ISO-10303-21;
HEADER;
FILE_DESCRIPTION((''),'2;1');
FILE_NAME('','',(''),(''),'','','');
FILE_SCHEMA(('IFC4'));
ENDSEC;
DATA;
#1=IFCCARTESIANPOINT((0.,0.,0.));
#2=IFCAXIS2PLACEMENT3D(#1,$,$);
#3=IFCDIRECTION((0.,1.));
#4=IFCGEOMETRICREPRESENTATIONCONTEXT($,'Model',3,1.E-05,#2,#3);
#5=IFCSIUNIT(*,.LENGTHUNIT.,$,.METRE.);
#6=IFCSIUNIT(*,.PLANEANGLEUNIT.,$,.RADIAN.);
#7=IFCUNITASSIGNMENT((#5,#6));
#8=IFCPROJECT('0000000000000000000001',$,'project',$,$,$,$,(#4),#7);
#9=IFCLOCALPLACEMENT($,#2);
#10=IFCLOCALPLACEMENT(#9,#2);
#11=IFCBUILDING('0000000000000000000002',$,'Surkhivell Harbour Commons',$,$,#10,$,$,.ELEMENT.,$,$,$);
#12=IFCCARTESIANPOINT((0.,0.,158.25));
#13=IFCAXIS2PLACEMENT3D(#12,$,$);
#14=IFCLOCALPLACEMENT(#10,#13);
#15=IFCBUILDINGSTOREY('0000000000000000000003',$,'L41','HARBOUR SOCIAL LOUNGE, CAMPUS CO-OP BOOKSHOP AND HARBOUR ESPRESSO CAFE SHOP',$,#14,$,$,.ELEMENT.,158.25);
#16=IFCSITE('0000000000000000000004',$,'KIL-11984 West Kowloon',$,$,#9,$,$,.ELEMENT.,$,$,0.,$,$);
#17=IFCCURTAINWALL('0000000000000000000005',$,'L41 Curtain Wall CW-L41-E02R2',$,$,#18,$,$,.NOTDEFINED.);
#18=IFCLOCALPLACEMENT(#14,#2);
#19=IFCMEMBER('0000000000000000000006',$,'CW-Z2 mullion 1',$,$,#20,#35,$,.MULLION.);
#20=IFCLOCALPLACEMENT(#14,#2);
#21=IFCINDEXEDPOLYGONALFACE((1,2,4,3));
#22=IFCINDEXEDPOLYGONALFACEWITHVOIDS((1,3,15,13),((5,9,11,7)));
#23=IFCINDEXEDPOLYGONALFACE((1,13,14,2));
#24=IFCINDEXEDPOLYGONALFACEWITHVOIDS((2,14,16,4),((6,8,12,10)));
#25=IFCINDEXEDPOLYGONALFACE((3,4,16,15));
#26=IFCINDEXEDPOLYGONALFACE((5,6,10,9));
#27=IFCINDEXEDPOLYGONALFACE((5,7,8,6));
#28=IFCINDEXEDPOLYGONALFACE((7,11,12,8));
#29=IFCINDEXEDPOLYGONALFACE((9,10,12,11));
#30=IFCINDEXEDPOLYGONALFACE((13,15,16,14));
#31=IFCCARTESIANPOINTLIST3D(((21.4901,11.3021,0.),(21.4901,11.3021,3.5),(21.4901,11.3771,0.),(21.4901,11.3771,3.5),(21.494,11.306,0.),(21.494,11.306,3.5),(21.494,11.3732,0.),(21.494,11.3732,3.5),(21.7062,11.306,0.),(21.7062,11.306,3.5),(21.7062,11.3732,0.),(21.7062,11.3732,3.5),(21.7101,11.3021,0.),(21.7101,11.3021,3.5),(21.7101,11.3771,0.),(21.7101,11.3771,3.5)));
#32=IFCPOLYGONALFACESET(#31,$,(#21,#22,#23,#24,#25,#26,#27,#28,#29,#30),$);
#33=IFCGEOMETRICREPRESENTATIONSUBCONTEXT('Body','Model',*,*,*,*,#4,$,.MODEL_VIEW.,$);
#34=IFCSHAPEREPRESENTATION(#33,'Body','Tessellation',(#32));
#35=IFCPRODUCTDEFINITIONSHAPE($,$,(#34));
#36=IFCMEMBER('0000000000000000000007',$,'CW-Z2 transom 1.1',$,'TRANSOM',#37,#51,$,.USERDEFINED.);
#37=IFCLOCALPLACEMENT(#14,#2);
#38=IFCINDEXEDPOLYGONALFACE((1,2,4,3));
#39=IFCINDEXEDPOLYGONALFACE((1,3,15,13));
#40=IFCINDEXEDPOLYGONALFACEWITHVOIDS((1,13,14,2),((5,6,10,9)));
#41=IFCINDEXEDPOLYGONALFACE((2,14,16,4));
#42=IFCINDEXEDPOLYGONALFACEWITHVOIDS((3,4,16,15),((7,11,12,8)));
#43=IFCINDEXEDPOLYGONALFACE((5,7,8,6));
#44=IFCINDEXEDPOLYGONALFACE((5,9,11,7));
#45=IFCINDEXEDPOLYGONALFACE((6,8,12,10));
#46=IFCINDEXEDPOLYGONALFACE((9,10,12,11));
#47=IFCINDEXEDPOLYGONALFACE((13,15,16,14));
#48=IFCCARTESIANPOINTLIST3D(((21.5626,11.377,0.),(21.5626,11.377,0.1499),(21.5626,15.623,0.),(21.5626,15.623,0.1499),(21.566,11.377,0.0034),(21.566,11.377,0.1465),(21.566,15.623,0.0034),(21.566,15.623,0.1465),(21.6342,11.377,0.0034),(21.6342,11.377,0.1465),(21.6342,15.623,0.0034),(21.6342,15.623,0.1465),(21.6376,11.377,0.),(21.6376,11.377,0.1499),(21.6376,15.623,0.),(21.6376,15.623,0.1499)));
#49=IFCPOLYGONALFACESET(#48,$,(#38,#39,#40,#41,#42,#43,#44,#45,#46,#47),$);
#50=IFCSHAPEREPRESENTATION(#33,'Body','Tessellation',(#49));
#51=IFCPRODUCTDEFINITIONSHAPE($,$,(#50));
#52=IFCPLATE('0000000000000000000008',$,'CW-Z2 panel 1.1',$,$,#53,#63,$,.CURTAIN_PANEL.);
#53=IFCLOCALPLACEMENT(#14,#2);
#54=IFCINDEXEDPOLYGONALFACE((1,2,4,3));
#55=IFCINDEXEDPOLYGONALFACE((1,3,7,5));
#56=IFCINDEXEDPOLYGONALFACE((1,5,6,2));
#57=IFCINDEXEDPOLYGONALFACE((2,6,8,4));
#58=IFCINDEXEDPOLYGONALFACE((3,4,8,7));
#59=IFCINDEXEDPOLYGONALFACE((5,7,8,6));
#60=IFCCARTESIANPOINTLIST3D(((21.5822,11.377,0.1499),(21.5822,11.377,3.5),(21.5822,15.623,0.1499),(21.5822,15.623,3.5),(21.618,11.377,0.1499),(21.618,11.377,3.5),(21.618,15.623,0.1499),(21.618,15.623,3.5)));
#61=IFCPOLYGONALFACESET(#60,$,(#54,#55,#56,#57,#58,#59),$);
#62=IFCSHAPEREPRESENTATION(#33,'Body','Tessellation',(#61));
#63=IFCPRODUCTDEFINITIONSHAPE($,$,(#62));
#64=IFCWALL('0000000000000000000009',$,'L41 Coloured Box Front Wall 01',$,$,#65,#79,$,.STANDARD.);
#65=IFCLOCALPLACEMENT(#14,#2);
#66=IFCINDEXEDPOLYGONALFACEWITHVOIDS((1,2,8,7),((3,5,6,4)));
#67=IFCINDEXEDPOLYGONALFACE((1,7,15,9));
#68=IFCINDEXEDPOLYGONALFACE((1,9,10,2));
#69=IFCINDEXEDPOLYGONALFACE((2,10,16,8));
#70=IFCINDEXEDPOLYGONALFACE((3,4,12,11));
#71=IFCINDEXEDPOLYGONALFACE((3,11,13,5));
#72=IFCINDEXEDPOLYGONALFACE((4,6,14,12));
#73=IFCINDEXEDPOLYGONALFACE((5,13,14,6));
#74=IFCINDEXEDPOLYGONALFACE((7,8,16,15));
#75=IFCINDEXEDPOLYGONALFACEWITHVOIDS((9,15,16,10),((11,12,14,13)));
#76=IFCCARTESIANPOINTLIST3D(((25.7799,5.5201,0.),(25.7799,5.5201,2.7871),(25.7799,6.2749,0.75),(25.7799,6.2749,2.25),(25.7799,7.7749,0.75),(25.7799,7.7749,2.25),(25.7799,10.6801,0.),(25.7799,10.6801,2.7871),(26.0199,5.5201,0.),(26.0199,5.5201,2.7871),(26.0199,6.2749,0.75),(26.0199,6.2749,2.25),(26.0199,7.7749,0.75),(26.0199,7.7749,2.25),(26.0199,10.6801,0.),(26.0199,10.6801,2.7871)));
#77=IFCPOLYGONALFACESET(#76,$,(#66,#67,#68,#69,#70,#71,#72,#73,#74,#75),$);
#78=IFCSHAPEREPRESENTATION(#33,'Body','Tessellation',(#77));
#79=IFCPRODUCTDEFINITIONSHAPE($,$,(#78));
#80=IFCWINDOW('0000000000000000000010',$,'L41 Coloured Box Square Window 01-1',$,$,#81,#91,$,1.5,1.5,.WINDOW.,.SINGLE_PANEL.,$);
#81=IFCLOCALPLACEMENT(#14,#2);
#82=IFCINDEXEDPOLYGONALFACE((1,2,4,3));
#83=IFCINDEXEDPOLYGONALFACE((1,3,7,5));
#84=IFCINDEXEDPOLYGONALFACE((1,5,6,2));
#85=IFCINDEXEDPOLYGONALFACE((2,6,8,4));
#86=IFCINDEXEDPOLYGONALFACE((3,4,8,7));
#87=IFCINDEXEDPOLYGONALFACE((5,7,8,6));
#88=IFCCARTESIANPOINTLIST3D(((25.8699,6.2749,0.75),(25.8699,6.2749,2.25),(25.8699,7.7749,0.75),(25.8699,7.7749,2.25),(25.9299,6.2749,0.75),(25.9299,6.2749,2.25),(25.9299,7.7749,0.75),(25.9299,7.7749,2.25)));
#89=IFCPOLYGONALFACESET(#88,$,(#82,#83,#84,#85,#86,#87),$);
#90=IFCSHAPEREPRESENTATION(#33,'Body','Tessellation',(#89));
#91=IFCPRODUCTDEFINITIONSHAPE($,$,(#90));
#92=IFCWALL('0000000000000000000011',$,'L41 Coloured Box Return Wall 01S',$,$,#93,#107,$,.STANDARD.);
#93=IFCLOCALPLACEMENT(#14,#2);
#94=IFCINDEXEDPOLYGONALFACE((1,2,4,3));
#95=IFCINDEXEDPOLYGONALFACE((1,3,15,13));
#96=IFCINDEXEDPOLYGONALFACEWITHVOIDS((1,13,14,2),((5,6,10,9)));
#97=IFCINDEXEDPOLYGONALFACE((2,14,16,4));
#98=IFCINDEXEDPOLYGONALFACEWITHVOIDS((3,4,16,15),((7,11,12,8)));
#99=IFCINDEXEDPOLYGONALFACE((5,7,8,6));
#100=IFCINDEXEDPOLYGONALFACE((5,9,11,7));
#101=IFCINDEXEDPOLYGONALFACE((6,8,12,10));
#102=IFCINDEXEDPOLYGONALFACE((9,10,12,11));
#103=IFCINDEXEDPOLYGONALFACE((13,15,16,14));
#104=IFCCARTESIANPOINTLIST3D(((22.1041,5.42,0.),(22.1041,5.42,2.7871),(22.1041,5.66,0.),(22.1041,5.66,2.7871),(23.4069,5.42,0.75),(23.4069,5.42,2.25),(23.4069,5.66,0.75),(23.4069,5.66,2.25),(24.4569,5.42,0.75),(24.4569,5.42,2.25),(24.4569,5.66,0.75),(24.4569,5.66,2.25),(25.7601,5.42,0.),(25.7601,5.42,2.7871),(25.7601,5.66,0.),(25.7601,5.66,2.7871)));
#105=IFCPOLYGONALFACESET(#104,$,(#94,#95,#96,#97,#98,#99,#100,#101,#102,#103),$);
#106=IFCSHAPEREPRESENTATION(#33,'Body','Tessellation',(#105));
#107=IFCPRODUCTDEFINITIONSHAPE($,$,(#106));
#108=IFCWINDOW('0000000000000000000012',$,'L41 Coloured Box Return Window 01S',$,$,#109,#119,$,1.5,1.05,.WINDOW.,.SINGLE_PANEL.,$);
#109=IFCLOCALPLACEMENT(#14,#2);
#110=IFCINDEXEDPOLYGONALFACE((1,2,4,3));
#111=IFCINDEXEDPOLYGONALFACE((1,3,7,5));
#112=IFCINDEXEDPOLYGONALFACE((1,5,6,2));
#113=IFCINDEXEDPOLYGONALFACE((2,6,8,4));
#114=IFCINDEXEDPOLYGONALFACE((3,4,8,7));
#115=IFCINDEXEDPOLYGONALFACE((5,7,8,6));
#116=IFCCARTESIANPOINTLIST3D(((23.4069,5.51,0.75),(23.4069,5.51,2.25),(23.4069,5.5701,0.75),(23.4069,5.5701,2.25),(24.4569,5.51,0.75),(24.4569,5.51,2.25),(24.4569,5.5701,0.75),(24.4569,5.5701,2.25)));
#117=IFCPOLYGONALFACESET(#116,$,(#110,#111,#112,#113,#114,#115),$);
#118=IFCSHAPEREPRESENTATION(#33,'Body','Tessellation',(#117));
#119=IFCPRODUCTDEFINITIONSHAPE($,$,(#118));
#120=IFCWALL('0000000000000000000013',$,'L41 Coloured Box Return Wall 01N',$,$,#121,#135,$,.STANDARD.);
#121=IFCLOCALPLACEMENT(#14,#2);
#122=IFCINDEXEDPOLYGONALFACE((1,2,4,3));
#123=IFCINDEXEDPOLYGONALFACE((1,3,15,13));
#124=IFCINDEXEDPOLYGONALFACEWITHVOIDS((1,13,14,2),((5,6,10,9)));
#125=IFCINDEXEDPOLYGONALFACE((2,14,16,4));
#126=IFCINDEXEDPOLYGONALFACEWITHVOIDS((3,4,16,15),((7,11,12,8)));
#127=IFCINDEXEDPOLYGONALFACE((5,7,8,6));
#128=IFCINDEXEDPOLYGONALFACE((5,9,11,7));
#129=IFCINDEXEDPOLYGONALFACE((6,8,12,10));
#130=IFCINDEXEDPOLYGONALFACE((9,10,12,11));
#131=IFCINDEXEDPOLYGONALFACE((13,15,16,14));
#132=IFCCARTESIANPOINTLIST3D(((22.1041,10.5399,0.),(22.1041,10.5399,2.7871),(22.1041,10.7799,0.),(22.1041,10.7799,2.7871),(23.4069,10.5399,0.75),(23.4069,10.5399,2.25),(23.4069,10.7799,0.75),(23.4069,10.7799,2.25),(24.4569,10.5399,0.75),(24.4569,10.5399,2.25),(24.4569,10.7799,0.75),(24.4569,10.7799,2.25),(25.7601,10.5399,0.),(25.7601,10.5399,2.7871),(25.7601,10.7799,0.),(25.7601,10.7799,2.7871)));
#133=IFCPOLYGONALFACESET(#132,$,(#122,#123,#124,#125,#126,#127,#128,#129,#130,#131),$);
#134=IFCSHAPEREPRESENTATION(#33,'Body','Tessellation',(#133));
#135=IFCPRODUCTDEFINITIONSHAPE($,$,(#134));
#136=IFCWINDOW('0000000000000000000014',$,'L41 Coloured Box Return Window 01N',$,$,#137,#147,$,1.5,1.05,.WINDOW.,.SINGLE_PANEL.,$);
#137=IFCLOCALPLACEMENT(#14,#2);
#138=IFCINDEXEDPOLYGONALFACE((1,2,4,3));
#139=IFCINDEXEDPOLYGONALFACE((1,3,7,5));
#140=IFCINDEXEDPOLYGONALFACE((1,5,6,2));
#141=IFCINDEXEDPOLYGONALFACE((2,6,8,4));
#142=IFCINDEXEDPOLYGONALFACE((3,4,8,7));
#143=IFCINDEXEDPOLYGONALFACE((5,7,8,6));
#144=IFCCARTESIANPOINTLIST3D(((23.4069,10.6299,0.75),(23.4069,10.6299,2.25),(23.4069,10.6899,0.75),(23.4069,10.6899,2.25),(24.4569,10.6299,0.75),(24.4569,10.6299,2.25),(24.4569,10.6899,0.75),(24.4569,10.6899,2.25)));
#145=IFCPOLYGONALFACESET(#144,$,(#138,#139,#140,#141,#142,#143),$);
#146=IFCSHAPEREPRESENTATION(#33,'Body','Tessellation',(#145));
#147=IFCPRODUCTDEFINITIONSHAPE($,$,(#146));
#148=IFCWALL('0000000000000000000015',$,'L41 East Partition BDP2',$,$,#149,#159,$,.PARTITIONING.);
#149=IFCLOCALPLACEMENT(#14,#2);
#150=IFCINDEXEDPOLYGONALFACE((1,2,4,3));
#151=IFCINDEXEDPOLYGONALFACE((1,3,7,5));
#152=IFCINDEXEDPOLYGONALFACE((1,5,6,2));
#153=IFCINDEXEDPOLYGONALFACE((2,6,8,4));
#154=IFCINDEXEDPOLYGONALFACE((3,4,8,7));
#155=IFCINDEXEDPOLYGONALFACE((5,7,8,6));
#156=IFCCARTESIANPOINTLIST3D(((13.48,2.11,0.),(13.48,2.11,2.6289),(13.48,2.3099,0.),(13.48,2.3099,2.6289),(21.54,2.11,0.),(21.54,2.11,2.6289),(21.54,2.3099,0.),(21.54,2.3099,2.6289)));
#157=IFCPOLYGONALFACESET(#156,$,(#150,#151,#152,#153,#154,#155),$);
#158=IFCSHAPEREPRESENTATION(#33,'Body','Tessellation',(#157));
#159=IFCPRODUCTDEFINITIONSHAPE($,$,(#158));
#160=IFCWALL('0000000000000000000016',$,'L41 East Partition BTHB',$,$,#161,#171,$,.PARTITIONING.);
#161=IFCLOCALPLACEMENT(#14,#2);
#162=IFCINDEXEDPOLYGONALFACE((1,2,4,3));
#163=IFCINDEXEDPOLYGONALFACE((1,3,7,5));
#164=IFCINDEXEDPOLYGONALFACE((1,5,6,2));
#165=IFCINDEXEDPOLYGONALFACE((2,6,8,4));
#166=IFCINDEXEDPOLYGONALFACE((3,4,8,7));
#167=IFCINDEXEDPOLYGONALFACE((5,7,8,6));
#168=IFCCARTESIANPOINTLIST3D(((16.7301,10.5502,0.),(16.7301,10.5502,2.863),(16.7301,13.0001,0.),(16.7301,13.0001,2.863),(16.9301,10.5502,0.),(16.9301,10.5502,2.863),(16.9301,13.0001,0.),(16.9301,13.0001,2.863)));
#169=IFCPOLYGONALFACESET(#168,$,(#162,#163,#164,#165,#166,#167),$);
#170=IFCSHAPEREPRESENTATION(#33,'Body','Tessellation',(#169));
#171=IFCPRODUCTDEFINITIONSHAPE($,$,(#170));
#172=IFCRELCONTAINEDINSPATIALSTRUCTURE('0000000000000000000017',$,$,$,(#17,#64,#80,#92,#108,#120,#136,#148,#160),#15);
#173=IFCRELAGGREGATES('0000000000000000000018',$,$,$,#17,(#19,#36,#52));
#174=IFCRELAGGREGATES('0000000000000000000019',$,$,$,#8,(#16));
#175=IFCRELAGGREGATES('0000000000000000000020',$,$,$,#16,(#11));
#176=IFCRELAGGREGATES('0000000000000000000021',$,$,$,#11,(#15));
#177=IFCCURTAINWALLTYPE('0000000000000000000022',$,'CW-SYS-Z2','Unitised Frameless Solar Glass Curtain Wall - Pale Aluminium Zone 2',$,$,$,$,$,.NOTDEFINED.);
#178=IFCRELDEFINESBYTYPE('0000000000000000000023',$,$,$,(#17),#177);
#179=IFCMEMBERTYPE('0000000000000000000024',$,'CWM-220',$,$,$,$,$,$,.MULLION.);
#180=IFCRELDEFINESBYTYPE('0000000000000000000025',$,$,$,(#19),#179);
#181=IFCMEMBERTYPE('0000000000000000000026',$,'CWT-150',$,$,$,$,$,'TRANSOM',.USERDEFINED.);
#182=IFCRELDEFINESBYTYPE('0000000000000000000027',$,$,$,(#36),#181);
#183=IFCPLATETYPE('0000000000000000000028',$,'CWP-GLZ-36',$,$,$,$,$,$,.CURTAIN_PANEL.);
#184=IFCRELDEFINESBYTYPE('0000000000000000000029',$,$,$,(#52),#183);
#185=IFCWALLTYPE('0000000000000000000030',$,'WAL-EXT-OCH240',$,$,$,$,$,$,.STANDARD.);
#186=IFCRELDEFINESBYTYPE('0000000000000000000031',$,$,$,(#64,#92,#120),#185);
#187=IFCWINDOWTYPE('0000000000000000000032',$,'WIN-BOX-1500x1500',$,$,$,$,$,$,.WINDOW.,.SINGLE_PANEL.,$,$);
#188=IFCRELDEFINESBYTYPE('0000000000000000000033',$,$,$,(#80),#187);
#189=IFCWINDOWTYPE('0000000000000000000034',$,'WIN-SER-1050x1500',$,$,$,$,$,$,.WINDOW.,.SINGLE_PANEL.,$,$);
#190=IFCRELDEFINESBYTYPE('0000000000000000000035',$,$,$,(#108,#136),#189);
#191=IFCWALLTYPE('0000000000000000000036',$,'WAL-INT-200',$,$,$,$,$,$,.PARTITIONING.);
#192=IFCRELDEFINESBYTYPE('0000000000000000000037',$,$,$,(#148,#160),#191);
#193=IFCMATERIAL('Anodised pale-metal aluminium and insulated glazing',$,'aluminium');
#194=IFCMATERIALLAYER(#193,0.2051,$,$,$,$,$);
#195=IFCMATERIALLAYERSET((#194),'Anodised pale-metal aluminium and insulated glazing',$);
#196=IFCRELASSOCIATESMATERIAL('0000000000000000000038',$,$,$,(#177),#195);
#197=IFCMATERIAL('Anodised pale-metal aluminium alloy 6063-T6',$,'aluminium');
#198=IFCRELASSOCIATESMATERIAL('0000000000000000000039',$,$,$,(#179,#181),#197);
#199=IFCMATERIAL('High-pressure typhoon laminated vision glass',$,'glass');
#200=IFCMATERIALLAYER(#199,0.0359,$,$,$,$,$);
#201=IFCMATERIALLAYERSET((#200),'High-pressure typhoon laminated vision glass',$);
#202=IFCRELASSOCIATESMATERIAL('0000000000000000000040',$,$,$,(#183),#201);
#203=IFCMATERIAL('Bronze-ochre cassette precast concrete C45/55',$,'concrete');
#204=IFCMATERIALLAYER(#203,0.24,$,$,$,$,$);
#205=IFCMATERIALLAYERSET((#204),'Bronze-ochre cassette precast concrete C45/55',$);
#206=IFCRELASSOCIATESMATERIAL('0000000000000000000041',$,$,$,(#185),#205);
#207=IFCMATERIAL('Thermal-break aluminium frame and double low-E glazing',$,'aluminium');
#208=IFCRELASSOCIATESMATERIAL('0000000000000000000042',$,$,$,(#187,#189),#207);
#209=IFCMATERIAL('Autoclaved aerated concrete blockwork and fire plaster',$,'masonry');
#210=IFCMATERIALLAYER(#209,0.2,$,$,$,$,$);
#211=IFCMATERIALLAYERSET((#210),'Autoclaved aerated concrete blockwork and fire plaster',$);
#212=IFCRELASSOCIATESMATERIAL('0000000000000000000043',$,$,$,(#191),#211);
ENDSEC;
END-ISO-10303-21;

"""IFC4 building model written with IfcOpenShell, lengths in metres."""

from ifc_helpers import new_model, si_unit, direction, frame, frame_2d, origin, origin_2d, place, context, subcontext, project, spatial, rectangle, hollow_rectangle, extrude, material, layer, layer_set, material_profile, profile_set, type_object, element, fill, aggregate, save


model = new_model("IFC4")

# Units and contexts
model_context = context("Model", 3, precision=1e-05, world=origin(), true_north=direction((0.0, 1.0)))
body_context = subcontext(model_context, "Body", "Model", "MODEL_VIEW")
ifc_project = project(units=[si_unit("LENGTHUNIT", "METRE"), si_unit("PLANEANGLEUNIT", "RADIAN")], contexts=[model_context])

# Site, building, storey
site_placement = place(None, origin())
site = spatial("IfcSite", under=ifc_project, at=site_placement, Name="KIL-11984 West Kowloon", CompositionType="ELEMENT", RefElevation=0.0)
building_placement = place(site_placement, origin())
building = spatial("IfcBuilding", under=site, at=building_placement, Name="Surkhivell Harbour Commons", CompositionType="ELEMENT")
storey_placement = place(building_placement, frame((0.0, 0.0, 158.25)))
storey = spatial("IfcBuildingStorey", under=building, at=storey_placement, Name="L41", Description="HARBOUR SOCIAL LOUNGE, CAMPUS CO-OP BOOKSHOP AND HARBOUR ESPRESSO CAFE SHOP", CompositionType="ELEMENT", Elevation=158.25)

# Shared definitions
ifc_material_1 = material(Name="Anodised pale-metal aluminium and insulated glazing", Category="aluminium")
ifc_layer_1 = layer(ifc_material_1, 0.2051)
ifc_layer_set_1 = layer_set([ifc_layer_1], Name="Anodised pale-metal aluminium and insulated glazing")
curtain_wall_type = type_object("IfcCurtainWallType", Name="CW-SYS-Z2", Description="Unitised Frameless Solar Glass Curtain Wall - Pale Aluminium Zone 2", PredefinedType="NOTDEFINED", material=ifc_layer_set_1)
ifc_material_2 = material(Name="Anodised pale-metal aluminium alloy 6063-T6", Category="aluminium")
ifc_material_profile_1 = material_profile(ifc_material_2, hollow_rectangle(XDim=0.075, YDim=0.22, WallThickness=0.0039, at=origin_2d()), Name="ALU-MULL-75x220")
ifc_profile_set_1 = profile_set([ifc_material_profile_1], Name="Anodised pale-metal aluminium alloy 6063-T6")
member_type_1 = type_object("IfcMemberType", Name="CWM-220", PredefinedType="MULLION", material=ifc_profile_set_1)

# Curtain wall, members, plate
curtain_wall_1_placement = place(storey_placement, origin())
curtain_wall_1 = element("IfcCurtainWall", 1, at=curtain_wall_1_placement, inside=storey, type_object=curtain_wall_type, Name="L41 Curtain Wall CW-L41-E02R2", PredefinedType="NOTDEFINED")
member_1_placement = place(storey_placement, frame((21.6001, 11.3396, 0.0), z_axis=(0.0, 0.0, 1.0), x_axis=(0.0, 1.0, 0.0)))
member_1 = element("IfcMember", 2, at=member_1_placement, type_object=member_type_1, Name="CW-Z2 mullion 1", PredefinedType="MULLION", context=body_context, shape_type="SweptSolid", body=[
    extrude(hollow_rectangle(XDim=0.075, YDim=0.22, WallThickness=0.0039, at=origin_2d()), origin(), (0.0, 0.0, 1.0), 3.5),
])
ifc_material_profile_2 = material_profile(ifc_material_2, hollow_rectangle(XDim=0.075, YDim=0.1499, WallThickness=0.0034, at=origin_2d()), Name="ALU-TRAN-75x150")
ifc_profile_set_2 = profile_set([ifc_material_profile_2], Name="Anodised pale-metal aluminium alloy 6063-T6")
member_type_2 = type_object("IfcMemberType", Name="CWT-150", ElementType="TRANSOM", PredefinedType="USERDEFINED", material=ifc_profile_set_2)
member_2_placement = place(storey_placement, frame((21.6001, 11.377, 0.075), z_axis=(0.0, 1.0, 0.0), x_axis=(-1.0, 0.0, 0.0)))
member_2 = element("IfcMember", 3, at=member_2_placement, type_object=member_type_2, Name="CW-Z2 transom 1.1", ObjectType="TRANSOM", PredefinedType="USERDEFINED", context=body_context, shape_type="SweptSolid", body=[
    extrude(hollow_rectangle(XDim=0.075, YDim=0.1499, WallThickness=0.0034, at=origin_2d()), origin(), (0.0, 0.0, 1.0), 4.2461),
])
ifc_material_3 = material(Name="High-pressure typhoon laminated vision glass", Category="glass")
ifc_layer_2 = layer(ifc_material_3, 0.0359)
ifc_layer_set_2 = layer_set([ifc_layer_2], Name="High-pressure typhoon laminated vision glass")
plate_type = type_object("IfcPlateType", Name="CWP-GLZ-36", PredefinedType="CURTAIN_PANEL", material=ifc_layer_set_2)
plate_placement = place(storey_placement, frame((21.6001, 11.377, 0.1499), z_axis=(0.0, 0.0, 1.0), x_axis=(0.0, 1.0, 0.0)))
plate = element("IfcPlate", 4, at=plate_placement, type_object=plate_type, Name="CW-Z2 panel 1.1", PredefinedType="CURTAIN_PANEL", context=body_context, shape_type="SweptSolid", body=[
    extrude(rectangle(XDim=4.2461, YDim=0.0359, at=frame_2d((2.123, 0.0))), origin(), (0.0, 0.0, 1.0), 3.3501),
])
aggregate(curtain_wall_1, [member_1, member_2, plate])

# Walls, openings, windows
ifc_material_4 = material(Name="Bronze-ochre cassette precast concrete C45/55", Category="concrete")
ifc_layer_3 = layer(ifc_material_4, 0.24)
ifc_layer_set_3 = layer_set([ifc_layer_3], Name="Bronze-ochre cassette precast concrete C45/55")
wall_type_1 = type_object("IfcWallType", Name="WAL-EXT-OCH240", PredefinedType="STANDARD", material=ifc_layer_set_3)
wall_1_placement = place(storey_placement, frame((25.8999, 5.52, 0.0), z_axis=(0.0, 0.0, 1.0), x_axis=(0.0, 1.0, 0.0)))
wall_1 = element("IfcWall", 5, at=wall_1_placement, inside=storey, type_object=wall_type_1, Name="L41 Coloured Box Front Wall 01", PredefinedType="STANDARD", context=body_context, shape_type="SweptSolid", body=[
    extrude(rectangle(XDim=5.1599, YDim=0.24, at=frame_2d((2.5801, 0.0))), origin(), (0.0, 0.0, 1.0), 2.7871),
])
opening_1_placement = place(wall_1_placement, frame((0.7549, 0.0, 0.75)))
opening_1 = element("IfcOpeningElement", 6, at=opening_1_placement, cuts=wall_1, PredefinedType="OPENING", context=body_context, shape_type="SweptSolid", body=[
    extrude(rectangle(XDim=1.5, YDim=1.5, at=frame_2d((0.75, 0.75))), frame((0.0, 0.1299, 0.0), z_axis=(0.0, -1.0, 0.0), x_axis=(1.0, 0.0, 0.0)), (0.0, 0.0, 1.0), 0.26),
])
ifc_material_5 = material(Name="Thermal-break aluminium frame and double low-E glazing", Category="aluminium")
window_type_1 = type_object("IfcWindowType", Name="WIN-BOX-1500x1500", PartitioningType="SINGLE_PANEL", PredefinedType="WINDOW", material=ifc_material_5)
window_1_placement = place(opening_1_placement, origin())
window_1 = element("IfcWindow", 7, at=window_1_placement, inside=storey, type_object=window_type_1, Name="L41 Coloured Box Square Window 01-1", OverallHeight=1.5, OverallWidth=1.5, PartitioningType="SINGLE_PANEL", PredefinedType="WINDOW", context=body_context, shape_type="SweptSolid", body=[
    extrude(rectangle(XDim=1.5, YDim=1.5, at=frame_2d((0.75, 0.75))), frame((0.0, 0.03, 0.0), z_axis=(0.0, -1.0, 0.0), x_axis=(1.0, 0.0, 0.0)), (0.0, 0.0, 1.0), 0.0601),
])
fill(opening_1, window_1)
wall_2_placement = place(storey_placement, frame((22.104, 5.54, 0.0), z_axis=(0.0, 0.0, 1.0), x_axis=(1.0, 0.0, 0.0)))
wall_2 = element("IfcWall", 8, at=wall_2_placement, inside=storey, type_object=wall_type_1, Name="L41 Coloured Box Return Wall 01S", PredefinedType="STANDARD", context=body_context, shape_type="SweptSolid", body=[
    extrude(rectangle(XDim=3.656, YDim=0.24, at=frame_2d((1.8281, 0.0))), origin(), (0.0, 0.0, 1.0), 2.7871),
])
opening_2_placement = place(wall_2_placement, frame((1.303, 0.0, 0.75)))
opening_2 = element("IfcOpeningElement", 9, at=opening_2_placement, cuts=wall_2, PredefinedType="OPENING", context=body_context, shape_type="SweptSolid", body=[
    extrude(rectangle(XDim=1.05, YDim=1.5, at=frame_2d((0.5249, 0.75))), frame((0.0, 0.1299, 0.0), z_axis=(0.0, -1.0, 0.0), x_axis=(1.0, 0.0, 0.0)), (0.0, 0.0, 1.0), 0.26),
])
window_type_2 = type_object("IfcWindowType", Name="WIN-SER-1050x1500", PartitioningType="SINGLE_PANEL", PredefinedType="WINDOW", material=ifc_material_5)
window_2_placement = place(opening_2_placement, origin())
window_2 = element("IfcWindow", 10, at=window_2_placement, inside=storey, type_object=window_type_2, Name="L41 Coloured Box Return Window 01S", OverallHeight=1.5, OverallWidth=1.05, PartitioningType="SINGLE_PANEL", PredefinedType="WINDOW", context=body_context, shape_type="SweptSolid", body=[
    extrude(rectangle(XDim=1.05, YDim=1.5, at=frame_2d((0.5249, 0.75))), frame((0.0, 0.03, 0.0), z_axis=(0.0, -1.0, 0.0), x_axis=(1.0, 0.0, 0.0)), (0.0, 0.0, 1.0), 0.0601),
])
fill(opening_2, window_2)
wall_3_placement = place(storey_placement, frame((22.104, 10.6599, 0.0), z_axis=(0.0, 0.0, 1.0), x_axis=(1.0, 0.0, 0.0)))
wall_3 = element("IfcWall", 11, at=wall_3_placement, inside=storey, type_object=wall_type_1, Name="L41 Coloured Box Return Wall 01N", PredefinedType="STANDARD", context=body_context, shape_type="SweptSolid", body=[
    extrude(rectangle(XDim=3.656, YDim=0.24, at=frame_2d((1.8281, 0.0))), origin(), (0.0, 0.0, 1.0), 2.7871),
])
opening_3_placement = place(wall_3_placement, frame((1.303, 0.0, 0.75)))
opening_3 = element("IfcOpeningElement", 12, at=opening_3_placement, cuts=wall_3, PredefinedType="OPENING", context=body_context, shape_type="SweptSolid", body=[
    extrude(rectangle(XDim=1.05, YDim=1.5, at=frame_2d((0.5249, 0.75))), frame((0.0, 0.1299, 0.0), z_axis=(0.0, -1.0, 0.0), x_axis=(1.0, 0.0, 0.0)), (0.0, 0.0, 1.0), 0.26),
])
window_3_placement = place(opening_3_placement, origin())
window_3 = element("IfcWindow", 13, at=window_3_placement, inside=storey, type_object=window_type_2, Name="L41 Coloured Box Return Window 01N", OverallHeight=1.5, OverallWidth=1.05, PartitioningType="SINGLE_PANEL", PredefinedType="WINDOW", context=body_context, shape_type="SweptSolid", body=[
    extrude(rectangle(XDim=1.05, YDim=1.5, at=frame_2d((0.5249, 0.75))), frame((0.0, 0.03, 0.0), z_axis=(0.0, -1.0, 0.0), x_axis=(1.0, 0.0, 0.0)), (0.0, 0.0, 1.0), 0.0601),
])
fill(opening_3, window_3)

# Walls
ifc_material_6 = material(Name="Autoclaved aerated concrete blockwork and fire plaster", Category="masonry")
ifc_layer_4 = layer(ifc_material_6, 0.2)
ifc_layer_set_4 = layer_set([ifc_layer_4], Name="Autoclaved aerated concrete blockwork and fire plaster")
wall_type_2 = type_object("IfcWallType", Name="WAL-INT-200", PredefinedType="PARTITIONING", material=ifc_layer_set_4)
wall_4_placement = place(storey_placement, frame((13.48, 2.21, 0.0), z_axis=(0.0, 0.0, 1.0), x_axis=(1.0, 0.0, 0.0)))
element("IfcWall", 14, at=wall_4_placement, inside=storey, type_object=wall_type_2, Name="L41 East Partition BDP2", PredefinedType="PARTITIONING", context=body_context, shape_type="SweptSolid", body=[
    extrude(rectangle(XDim=8.0601, YDim=0.2, at=frame_2d((4.03, 0.0))), origin(), (0.0, 0.0, 1.0), 2.6289),
])
wall_5_placement = place(storey_placement, frame((16.8301, 10.55, 0.0), z_axis=(0.0, 0.0, 1.0), x_axis=(0.0, 1.0, 0.0)))
element("IfcWall", 15, at=wall_5_placement, inside=storey, type_object=wall_type_2, Name="L41 East Partition BTHB", PredefinedType="PARTITIONING", context=body_context, shape_type="SweptSolid", body=[
    extrude(rectangle(XDim=2.45, YDim=0.2, at=frame_2d((1.2251, 0.0))), origin(), (0.0, 0.0, 1.0), 2.863),
])

save(model, "model.ifc")
